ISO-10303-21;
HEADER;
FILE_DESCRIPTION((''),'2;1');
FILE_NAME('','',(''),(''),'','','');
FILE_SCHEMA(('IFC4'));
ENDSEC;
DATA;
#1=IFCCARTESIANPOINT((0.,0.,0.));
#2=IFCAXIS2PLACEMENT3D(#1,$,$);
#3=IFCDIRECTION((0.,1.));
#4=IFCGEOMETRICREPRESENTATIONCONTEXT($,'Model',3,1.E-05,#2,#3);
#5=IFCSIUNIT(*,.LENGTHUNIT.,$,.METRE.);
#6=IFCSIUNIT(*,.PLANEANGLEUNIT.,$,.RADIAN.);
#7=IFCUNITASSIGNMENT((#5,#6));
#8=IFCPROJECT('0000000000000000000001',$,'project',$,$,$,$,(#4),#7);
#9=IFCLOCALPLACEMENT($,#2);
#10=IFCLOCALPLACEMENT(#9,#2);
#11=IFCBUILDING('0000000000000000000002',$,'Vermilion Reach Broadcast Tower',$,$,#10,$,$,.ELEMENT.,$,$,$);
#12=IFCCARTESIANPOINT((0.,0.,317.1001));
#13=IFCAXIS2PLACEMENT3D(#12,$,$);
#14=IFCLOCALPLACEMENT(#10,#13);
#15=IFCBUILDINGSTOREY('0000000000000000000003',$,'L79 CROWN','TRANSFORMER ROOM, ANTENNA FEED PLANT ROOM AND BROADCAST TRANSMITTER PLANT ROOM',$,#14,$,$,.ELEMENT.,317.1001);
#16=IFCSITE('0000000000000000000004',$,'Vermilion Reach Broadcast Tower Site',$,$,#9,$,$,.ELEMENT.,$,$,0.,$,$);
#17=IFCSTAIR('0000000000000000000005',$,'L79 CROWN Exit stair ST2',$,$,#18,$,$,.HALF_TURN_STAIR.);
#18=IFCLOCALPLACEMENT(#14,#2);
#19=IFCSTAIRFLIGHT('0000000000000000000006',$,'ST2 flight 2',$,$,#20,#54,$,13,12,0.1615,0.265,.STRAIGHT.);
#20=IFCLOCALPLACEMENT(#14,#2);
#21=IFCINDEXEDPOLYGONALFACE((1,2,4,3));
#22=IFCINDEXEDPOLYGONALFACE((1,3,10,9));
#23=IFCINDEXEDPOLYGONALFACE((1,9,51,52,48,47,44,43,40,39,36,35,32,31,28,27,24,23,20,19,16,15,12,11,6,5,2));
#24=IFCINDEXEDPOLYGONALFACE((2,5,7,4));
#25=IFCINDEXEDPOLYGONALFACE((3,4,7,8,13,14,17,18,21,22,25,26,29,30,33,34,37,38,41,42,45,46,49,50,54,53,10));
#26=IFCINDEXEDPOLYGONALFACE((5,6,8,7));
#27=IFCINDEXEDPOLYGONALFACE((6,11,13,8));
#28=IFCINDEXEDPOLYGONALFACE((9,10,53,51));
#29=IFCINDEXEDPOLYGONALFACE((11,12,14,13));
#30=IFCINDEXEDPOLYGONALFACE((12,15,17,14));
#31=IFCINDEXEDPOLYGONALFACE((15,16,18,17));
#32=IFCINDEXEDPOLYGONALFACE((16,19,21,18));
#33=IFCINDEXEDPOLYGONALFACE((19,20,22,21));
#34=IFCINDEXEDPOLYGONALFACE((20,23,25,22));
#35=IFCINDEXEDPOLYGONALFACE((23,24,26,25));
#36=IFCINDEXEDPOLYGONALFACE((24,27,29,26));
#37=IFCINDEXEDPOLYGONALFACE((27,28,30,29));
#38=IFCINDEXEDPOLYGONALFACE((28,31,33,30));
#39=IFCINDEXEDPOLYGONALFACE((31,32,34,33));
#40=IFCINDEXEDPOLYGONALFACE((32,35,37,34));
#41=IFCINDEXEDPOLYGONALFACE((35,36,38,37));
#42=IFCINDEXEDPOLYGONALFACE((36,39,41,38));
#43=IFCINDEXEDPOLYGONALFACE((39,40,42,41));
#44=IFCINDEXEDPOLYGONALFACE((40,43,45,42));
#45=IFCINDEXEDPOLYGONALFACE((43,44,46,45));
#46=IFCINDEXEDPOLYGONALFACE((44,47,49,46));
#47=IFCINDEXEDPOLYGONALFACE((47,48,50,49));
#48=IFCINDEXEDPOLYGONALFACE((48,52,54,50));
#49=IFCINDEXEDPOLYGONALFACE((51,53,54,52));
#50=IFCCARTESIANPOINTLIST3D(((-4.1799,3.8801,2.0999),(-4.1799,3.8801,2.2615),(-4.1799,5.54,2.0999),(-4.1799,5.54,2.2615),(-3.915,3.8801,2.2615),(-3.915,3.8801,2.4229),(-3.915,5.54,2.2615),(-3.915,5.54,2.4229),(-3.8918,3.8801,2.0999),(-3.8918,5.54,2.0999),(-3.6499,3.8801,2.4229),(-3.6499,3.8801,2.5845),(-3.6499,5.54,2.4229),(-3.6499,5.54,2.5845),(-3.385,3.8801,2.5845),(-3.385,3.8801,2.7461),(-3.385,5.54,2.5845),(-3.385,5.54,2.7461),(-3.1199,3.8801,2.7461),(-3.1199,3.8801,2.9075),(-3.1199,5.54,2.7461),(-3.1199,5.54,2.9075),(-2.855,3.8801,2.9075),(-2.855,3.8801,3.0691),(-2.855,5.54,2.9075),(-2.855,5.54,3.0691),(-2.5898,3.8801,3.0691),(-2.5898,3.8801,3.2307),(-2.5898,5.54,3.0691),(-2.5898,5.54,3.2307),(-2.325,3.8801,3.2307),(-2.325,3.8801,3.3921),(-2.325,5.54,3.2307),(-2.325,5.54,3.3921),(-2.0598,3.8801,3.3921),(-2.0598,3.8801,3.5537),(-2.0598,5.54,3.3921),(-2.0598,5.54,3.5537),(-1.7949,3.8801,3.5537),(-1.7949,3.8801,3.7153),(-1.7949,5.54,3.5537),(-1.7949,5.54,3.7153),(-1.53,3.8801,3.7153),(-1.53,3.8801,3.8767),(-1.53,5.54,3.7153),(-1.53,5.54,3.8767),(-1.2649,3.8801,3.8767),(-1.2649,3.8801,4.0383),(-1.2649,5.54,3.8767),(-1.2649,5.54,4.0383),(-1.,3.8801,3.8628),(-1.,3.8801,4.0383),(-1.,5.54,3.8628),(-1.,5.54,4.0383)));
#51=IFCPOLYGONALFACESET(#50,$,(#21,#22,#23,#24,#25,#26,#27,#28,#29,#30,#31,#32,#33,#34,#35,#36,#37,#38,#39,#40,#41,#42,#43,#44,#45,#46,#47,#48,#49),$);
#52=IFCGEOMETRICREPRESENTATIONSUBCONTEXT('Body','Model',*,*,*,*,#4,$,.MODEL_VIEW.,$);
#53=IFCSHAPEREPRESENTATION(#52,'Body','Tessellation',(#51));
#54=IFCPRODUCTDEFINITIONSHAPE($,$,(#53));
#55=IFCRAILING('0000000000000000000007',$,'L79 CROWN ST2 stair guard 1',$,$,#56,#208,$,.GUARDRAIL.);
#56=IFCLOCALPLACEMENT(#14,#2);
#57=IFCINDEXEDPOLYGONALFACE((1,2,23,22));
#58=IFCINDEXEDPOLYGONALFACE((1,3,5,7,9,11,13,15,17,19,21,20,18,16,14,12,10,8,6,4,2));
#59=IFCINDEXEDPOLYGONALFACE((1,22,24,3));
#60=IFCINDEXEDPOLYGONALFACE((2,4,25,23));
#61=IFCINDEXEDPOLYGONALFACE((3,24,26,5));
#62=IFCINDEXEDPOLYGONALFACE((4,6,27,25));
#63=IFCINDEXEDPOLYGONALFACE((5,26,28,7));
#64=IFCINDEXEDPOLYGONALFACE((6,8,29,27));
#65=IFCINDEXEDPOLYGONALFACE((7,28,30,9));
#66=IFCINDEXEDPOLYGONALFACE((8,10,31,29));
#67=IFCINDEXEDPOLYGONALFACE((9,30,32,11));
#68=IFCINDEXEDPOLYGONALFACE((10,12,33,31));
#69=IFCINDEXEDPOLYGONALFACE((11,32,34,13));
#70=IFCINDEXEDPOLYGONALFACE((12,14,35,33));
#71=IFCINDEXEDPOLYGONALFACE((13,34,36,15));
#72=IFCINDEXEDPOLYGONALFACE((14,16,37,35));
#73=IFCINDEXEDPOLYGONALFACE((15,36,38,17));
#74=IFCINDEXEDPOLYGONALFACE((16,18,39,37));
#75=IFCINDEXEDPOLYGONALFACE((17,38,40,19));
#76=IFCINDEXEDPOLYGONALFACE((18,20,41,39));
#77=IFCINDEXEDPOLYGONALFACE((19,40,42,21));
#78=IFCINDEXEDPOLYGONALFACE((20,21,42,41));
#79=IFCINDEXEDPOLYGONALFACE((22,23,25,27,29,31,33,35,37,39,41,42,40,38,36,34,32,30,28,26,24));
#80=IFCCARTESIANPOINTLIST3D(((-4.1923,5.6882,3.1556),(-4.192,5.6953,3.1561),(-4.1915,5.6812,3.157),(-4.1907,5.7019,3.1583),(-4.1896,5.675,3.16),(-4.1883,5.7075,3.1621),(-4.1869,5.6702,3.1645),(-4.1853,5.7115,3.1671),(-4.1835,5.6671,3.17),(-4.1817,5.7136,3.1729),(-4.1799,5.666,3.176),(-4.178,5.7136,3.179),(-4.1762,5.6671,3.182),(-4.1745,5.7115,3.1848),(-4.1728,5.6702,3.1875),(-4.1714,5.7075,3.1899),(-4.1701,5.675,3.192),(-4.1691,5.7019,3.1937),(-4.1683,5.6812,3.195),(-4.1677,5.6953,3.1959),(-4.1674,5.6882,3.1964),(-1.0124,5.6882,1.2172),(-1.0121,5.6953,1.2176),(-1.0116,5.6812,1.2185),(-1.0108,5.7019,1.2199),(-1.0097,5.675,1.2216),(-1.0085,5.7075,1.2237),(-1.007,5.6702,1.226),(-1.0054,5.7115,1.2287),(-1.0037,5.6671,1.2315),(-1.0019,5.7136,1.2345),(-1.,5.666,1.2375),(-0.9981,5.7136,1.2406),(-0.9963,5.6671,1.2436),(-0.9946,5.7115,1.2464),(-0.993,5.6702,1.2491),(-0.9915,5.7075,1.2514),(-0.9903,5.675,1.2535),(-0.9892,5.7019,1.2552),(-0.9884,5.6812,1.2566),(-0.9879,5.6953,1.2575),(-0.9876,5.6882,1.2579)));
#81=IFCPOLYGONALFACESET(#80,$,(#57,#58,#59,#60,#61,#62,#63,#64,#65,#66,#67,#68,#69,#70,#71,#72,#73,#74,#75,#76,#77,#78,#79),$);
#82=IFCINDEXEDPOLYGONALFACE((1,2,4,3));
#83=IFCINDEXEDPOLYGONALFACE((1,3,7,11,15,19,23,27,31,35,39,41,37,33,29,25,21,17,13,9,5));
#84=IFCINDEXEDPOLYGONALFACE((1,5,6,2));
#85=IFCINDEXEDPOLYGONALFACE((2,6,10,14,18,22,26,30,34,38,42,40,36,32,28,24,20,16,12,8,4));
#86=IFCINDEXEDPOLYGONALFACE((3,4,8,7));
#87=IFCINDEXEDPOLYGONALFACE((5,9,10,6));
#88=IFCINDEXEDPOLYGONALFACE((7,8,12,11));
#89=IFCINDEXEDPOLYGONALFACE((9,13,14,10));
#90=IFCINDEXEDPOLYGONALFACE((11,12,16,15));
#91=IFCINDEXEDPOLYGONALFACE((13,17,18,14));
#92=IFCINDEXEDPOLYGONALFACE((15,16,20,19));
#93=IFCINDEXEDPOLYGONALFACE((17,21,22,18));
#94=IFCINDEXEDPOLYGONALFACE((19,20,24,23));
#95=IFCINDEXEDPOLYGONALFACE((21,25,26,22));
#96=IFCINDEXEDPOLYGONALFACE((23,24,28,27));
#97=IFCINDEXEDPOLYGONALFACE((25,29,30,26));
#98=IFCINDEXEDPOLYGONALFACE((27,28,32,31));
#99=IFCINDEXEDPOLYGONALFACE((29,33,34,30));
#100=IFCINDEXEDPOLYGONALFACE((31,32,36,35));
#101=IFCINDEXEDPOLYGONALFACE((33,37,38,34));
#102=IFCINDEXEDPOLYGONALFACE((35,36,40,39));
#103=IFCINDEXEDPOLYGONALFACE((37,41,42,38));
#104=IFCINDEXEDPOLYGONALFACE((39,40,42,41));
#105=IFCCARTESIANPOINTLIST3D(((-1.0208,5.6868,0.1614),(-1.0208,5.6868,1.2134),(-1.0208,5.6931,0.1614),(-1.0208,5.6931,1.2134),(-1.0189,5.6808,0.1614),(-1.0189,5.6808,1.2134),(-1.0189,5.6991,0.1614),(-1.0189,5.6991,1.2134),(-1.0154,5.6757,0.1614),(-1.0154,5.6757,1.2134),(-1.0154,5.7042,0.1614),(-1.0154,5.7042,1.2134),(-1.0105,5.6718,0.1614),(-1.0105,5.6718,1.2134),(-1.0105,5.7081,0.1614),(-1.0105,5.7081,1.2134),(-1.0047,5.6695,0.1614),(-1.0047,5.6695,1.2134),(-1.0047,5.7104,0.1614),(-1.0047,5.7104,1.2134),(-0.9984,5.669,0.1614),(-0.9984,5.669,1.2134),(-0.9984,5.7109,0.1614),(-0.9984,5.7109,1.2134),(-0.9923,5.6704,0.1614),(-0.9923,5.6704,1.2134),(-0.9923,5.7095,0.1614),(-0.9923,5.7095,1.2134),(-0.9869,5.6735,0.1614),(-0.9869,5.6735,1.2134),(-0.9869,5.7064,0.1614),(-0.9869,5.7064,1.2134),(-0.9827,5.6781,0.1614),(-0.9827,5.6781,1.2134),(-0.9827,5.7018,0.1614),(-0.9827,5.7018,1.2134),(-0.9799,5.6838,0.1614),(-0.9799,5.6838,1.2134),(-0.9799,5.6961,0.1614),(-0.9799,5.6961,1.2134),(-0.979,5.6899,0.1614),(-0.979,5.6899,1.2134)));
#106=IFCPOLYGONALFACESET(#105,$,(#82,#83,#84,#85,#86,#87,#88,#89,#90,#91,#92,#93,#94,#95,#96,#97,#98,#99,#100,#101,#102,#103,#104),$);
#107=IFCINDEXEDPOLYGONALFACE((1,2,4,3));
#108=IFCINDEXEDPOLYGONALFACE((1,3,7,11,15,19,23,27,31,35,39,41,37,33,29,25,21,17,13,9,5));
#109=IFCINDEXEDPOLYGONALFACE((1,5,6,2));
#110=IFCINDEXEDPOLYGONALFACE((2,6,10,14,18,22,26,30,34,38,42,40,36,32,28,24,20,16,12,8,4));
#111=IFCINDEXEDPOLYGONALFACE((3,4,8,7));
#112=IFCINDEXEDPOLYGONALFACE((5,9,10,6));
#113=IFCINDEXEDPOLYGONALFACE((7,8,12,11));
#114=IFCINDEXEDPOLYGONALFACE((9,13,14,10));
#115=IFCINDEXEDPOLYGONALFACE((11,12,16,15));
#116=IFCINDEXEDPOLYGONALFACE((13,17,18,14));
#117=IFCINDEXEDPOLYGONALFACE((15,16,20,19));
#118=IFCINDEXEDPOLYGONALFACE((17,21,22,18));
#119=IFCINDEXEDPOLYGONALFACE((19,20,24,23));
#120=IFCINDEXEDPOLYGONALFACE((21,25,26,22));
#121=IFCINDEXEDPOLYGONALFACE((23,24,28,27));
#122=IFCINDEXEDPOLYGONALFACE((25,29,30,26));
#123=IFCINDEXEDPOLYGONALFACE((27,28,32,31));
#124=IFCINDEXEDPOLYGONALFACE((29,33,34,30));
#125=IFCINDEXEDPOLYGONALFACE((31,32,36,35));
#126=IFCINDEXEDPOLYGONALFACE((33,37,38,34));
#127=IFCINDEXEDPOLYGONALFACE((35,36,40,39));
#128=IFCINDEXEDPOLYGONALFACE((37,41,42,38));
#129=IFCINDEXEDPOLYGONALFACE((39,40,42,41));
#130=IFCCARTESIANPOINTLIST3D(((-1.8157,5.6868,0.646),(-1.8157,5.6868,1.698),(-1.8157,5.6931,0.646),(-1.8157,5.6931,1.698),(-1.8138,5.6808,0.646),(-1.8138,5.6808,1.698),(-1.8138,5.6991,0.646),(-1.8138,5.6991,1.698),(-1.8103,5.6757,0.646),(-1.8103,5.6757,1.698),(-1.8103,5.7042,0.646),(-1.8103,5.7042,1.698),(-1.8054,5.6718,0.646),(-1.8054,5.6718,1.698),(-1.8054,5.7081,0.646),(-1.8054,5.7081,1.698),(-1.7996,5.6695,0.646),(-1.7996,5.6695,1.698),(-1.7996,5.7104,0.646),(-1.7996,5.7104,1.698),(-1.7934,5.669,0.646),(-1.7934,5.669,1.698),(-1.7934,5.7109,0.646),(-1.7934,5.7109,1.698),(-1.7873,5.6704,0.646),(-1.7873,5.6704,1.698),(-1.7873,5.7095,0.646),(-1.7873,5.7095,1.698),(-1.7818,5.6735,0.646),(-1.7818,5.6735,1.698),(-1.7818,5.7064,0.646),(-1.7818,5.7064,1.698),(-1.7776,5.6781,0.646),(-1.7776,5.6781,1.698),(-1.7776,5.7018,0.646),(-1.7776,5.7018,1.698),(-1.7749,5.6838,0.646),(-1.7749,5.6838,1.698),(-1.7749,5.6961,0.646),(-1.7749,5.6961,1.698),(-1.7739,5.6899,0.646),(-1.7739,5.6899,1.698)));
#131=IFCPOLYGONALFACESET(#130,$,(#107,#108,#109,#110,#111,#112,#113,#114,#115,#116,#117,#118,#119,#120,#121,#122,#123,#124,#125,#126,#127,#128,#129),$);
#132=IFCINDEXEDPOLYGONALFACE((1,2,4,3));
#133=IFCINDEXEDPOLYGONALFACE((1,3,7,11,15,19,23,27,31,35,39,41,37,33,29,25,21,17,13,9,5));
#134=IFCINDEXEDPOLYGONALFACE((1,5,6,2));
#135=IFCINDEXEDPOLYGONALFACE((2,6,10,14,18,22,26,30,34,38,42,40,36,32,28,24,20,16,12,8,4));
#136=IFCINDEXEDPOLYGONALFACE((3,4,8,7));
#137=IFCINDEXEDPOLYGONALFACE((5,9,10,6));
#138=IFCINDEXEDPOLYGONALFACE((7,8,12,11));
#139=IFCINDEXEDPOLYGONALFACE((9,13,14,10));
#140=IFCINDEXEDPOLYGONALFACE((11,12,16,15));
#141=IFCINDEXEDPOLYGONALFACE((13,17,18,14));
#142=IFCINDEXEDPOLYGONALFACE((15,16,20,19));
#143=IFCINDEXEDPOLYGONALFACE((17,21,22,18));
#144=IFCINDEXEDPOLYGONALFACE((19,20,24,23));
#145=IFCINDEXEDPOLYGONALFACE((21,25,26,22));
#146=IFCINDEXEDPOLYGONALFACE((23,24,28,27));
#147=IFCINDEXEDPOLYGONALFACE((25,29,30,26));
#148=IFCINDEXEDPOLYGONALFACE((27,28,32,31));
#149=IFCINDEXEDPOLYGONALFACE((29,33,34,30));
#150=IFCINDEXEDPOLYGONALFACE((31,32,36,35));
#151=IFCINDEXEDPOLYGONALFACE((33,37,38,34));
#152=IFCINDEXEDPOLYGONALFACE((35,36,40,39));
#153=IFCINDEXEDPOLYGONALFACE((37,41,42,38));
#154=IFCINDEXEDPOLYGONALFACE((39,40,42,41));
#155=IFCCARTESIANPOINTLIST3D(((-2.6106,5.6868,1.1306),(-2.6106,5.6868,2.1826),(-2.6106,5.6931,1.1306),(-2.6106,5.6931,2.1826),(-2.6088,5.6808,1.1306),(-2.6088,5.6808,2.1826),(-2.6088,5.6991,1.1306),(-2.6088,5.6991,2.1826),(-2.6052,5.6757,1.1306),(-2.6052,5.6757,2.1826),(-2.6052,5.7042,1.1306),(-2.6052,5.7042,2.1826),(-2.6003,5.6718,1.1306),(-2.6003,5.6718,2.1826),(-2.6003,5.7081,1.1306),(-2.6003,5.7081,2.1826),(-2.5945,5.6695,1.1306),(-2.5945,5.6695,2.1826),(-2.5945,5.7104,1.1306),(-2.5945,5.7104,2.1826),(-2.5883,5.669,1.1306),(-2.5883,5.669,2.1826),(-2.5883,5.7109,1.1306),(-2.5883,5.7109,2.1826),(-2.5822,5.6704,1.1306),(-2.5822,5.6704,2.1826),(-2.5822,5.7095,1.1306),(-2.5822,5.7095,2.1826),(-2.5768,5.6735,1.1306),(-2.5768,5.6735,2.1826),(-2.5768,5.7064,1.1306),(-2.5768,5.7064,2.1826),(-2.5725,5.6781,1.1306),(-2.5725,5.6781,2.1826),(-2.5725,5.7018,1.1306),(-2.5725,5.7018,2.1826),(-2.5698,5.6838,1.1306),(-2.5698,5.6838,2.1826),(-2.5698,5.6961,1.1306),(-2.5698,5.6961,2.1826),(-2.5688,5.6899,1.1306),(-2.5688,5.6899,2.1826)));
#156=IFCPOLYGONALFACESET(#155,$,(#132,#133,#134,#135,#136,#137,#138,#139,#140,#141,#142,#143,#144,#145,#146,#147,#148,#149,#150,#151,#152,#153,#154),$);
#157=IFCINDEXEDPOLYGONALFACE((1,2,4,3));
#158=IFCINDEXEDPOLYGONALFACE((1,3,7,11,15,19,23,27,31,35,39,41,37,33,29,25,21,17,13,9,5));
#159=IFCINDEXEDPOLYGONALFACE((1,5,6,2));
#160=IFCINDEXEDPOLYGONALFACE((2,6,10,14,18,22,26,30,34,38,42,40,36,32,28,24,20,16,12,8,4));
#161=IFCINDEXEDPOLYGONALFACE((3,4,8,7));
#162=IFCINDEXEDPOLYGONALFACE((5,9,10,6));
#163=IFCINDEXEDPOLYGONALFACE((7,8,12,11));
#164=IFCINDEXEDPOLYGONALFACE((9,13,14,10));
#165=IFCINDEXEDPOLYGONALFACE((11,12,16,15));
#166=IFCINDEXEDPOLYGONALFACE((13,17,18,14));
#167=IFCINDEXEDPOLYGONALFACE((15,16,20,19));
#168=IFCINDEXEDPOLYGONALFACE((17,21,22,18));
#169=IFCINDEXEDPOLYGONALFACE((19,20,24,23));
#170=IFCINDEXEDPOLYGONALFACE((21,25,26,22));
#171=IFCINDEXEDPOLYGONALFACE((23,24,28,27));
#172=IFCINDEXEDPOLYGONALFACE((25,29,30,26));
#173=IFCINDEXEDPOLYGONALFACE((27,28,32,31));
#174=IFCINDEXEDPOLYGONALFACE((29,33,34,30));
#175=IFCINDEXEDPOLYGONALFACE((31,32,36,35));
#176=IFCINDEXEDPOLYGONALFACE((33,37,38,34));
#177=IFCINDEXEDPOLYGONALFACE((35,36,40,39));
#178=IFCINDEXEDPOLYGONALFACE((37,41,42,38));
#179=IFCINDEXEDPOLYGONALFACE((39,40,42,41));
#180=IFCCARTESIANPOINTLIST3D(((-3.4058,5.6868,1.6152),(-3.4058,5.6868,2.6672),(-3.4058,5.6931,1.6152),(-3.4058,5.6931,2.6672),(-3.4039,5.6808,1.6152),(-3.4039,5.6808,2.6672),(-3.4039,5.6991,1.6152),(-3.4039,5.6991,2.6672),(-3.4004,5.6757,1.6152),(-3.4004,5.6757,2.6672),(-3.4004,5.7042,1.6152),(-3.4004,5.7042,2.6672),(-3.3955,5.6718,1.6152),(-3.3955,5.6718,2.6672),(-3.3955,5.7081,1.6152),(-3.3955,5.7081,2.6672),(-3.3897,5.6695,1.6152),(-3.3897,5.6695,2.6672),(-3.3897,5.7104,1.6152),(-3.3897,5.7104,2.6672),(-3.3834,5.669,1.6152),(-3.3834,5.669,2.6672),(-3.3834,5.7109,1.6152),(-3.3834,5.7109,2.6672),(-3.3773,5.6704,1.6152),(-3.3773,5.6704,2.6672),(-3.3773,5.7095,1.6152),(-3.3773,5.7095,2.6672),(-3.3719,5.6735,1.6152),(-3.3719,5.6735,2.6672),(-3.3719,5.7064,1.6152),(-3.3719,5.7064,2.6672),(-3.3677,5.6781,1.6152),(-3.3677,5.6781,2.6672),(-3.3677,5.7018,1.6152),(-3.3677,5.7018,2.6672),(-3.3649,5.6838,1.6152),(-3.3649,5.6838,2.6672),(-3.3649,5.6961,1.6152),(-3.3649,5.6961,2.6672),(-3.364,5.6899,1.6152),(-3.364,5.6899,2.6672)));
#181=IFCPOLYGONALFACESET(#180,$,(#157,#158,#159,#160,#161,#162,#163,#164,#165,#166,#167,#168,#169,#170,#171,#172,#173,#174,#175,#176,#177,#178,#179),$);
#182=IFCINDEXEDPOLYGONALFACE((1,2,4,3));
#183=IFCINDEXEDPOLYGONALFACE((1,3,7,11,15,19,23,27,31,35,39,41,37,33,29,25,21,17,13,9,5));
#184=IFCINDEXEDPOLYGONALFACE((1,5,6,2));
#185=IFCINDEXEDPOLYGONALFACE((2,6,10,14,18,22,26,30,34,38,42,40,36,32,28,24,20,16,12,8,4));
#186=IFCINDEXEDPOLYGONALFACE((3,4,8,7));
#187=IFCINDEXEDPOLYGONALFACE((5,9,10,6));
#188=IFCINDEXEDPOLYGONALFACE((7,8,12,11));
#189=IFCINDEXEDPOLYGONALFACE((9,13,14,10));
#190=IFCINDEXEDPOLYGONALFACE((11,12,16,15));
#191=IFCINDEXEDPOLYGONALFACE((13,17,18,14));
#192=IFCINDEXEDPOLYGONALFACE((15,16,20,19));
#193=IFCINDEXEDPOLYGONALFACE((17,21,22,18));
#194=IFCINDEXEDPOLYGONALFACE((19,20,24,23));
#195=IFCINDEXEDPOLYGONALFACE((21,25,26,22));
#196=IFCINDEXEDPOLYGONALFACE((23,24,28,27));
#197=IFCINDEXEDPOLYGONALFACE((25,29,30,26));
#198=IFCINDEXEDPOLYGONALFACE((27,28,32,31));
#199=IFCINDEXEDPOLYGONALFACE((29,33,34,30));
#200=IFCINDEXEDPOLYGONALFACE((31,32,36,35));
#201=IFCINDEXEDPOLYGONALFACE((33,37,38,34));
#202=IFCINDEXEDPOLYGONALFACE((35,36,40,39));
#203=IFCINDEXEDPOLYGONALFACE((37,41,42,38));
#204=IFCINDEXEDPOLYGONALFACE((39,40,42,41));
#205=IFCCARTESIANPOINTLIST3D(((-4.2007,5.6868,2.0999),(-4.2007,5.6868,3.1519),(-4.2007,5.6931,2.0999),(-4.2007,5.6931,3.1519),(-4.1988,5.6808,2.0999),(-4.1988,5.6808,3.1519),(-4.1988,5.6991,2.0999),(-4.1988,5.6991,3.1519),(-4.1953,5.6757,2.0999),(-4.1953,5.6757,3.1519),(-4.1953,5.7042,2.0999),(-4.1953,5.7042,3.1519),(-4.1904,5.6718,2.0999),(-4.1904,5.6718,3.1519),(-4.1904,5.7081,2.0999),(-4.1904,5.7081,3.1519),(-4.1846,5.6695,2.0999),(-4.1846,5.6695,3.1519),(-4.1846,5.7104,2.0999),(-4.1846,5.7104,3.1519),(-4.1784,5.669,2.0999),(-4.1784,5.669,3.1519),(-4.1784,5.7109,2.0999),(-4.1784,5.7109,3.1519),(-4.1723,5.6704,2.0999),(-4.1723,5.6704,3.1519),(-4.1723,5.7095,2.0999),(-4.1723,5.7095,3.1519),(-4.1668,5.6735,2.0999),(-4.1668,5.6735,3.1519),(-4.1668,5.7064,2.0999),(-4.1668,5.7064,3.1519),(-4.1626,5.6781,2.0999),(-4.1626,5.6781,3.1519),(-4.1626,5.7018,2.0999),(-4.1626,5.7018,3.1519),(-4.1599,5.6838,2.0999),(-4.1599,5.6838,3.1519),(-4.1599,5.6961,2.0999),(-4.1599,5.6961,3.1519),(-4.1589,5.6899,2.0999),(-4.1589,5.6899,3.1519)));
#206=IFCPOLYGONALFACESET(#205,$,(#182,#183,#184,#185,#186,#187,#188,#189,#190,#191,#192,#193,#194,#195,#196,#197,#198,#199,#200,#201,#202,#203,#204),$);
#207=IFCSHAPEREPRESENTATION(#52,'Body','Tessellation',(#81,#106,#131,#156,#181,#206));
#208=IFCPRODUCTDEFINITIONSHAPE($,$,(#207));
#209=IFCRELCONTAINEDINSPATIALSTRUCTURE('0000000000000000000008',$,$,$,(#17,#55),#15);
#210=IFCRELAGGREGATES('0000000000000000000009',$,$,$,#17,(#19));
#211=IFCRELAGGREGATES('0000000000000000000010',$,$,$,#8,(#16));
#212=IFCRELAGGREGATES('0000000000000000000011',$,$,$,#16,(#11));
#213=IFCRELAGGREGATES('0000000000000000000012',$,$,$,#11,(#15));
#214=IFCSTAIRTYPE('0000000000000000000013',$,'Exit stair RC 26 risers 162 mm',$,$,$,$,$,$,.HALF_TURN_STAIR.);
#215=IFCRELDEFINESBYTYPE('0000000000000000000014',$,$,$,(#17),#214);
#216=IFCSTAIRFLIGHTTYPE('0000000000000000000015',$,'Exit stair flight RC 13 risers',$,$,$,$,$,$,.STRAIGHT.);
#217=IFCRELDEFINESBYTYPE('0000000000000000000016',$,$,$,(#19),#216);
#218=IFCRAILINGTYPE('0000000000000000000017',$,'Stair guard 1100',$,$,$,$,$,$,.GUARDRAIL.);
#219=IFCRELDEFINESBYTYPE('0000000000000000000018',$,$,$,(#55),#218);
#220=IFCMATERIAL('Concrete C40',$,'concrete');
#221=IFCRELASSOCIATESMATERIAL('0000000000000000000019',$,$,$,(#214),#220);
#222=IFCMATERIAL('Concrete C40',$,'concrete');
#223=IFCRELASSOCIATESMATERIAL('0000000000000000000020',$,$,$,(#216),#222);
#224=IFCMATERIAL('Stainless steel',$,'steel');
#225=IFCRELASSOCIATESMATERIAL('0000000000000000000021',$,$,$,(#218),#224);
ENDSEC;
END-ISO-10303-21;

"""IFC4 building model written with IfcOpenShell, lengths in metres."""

from ifc_helpers import new_model, si_unit, direction, frame, origin, origin_2d, place, context, subcontext, project, spatial, polyline, circle, outline, extrude, material, type_object, element, aggregate, save


model = new_model("IFC4")

# Units and contexts
model_context = context("Model", 3, precision=1e-05, world=origin(), true_north=direction((0.0, 1.0)))
body_context = subcontext(model_context, "Body", "Model", "MODEL_VIEW")
ifc_project = project(units=[si_unit("LENGTHUNIT", "METRE"), si_unit("PLANEANGLEUNIT", "RADIAN")], contexts=[model_context])

# Site, building, storey
site_placement = place(None, origin())
site = spatial("IfcSite", under=ifc_project, at=site_placement, Name="Vermilion Reach Broadcast Tower Site", CompositionType="ELEMENT", RefElevation=0.0)
building_placement = place(site_placement, origin())
building = spatial("IfcBuilding", under=site, at=building_placement, Name="Vermilion Reach Broadcast Tower", CompositionType="ELEMENT")
storey_placement = place(building_placement, frame((0.0, 0.0, 317.1001)))
storey = spatial("IfcBuildingStorey", under=building, at=storey_placement, Name="L79 CROWN", Description="TRANSFORMER ROOM, ANTENNA FEED PLANT ROOM AND BROADCAST TRANSMITTER PLANT ROOM", CompositionType="ELEMENT", Elevation=317.1001)

# Stair
ifc_material_1 = material(Name="Concrete C40", Category="concrete")
stair_type = type_object("IfcStairType", Name="Exit stair RC 26 risers 162 mm", PredefinedType="HALF_TURN_STAIR", material=ifc_material_1)
placement_1 = place(storey_placement, origin())
stair_1 = element("IfcStair", 1, at=placement_1, inside=storey, type_object=stair_type, Name="L79 CROWN Exit stair ST2", PredefinedType="HALF_TURN_STAIR")

# Stair flight
ifc_material_2 = material(Name="Concrete C40", Category="concrete")
stair_flight_type = type_object("IfcStairFlightType", Name="Exit stair flight RC 13 risers", PredefinedType="STRAIGHT", material=ifc_material_2)
stair_flight_1_placement = place(storey_placement, frame((-4.1799, 4.71, 2.0999), z_axis=(0.0, 0.0, 1.0), x_axis=(1.0, 0.0, 0.0)))
stair_flight_1 = element("IfcStairFlight", 2, at=stair_flight_1_placement, type_object=stair_flight_type, Name="ST2 flight 2", NumberOfRisers=13, NumberOfTreads=12, PredefinedType="STRAIGHT", RiserHeight=0.1615, TreadLength=0.265, context=body_context, shape_type="SweptSolid", body=[
    extrude(outline(polyline([(0.0, 0.0), (0.0, 0.1616), (0.2649, 0.1616), (0.2649, 0.323), (0.53, 0.323), (0.53, 0.4846), (0.7949, 0.4846), (0.7949, 0.6462), (1.0601, 0.6462), (1.0601, 0.8076), (1.325, 0.8076), (1.325, 0.9692), (1.5901, 0.9692), (1.5901, 1.1309), (1.855, 1.1309), (1.855, 1.2922), (2.1201, 1.2922), (2.1201, 1.4539), (2.385, 1.4539), (2.385, 1.6155), (2.6499, 1.6155), (2.6499, 1.7769), (2.915, 1.7769), (2.915, 1.9385), (3.1799, 1.9385), (3.1799, 2.1001), (3.1799, 1.7629), (0.2881, 0.0), (0.0, 0.0)])), frame((0.0, 0.8301, 0.0), z_axis=(0.0, -1.0, 0.0), x_axis=(1.0, 0.0, 0.0)), (0.0, 0.0, 1.0), 1.6599),
])
aggregate(stair_1, [stair_flight_1])

# Railing
ifc_material_3 = material(Name="Stainless steel", Category="steel")
railing_type_1 = type_object("IfcRailingType", Name="Stair guard 1100", PredefinedType="GUARDRAIL", material=ifc_material_3)
railing_1_placement = place(storey_placement, frame((-1.0, 5.6899, 0.1614)))
element("IfcRailing", 3, at=railing_1_placement, inside=storey, type_object=railing_type_1, Name="L79 CROWN ST2 stair guard 1", PredefinedType="GUARDRAIL", context=body_context, shape_type="SweptSolid", body=[
    extrude(circle(Radius=0.0239, at=origin_2d()), frame((0.0, 0.0, 1.0762), z_axis=(-0.853857, 0.0, 0.520508), x_axis=(0.0, -1.0, 0.0)), (0.0, 0.0, 1.0), 3.7241),
    extrude(circle(Radius=0.021, at=origin_2d()), origin(), (0.0, 0.0, 1.0), 1.052),
    extrude(circle(Radius=0.021, at=origin_2d()), frame((-0.7949, 0.0, 0.4846)), (0.0, 0.0, 1.0), 1.052),
    extrude(circle(Radius=0.021, at=origin_2d()), frame((-1.5898, 0.0, 0.9692)), (0.0, 0.0, 1.0), 1.052),
    extrude(circle(Radius=0.021, at=origin_2d()), frame((-2.385, 0.0, 1.4539)), (0.0, 0.0, 1.0), 1.052),
    extrude(circle(Radius=0.021, at=origin_2d()), frame((-3.1799, 0.0, 1.9385)), (0.0, 0.0, 1.0), 1.052),
])

save(model, "model.ifc")
